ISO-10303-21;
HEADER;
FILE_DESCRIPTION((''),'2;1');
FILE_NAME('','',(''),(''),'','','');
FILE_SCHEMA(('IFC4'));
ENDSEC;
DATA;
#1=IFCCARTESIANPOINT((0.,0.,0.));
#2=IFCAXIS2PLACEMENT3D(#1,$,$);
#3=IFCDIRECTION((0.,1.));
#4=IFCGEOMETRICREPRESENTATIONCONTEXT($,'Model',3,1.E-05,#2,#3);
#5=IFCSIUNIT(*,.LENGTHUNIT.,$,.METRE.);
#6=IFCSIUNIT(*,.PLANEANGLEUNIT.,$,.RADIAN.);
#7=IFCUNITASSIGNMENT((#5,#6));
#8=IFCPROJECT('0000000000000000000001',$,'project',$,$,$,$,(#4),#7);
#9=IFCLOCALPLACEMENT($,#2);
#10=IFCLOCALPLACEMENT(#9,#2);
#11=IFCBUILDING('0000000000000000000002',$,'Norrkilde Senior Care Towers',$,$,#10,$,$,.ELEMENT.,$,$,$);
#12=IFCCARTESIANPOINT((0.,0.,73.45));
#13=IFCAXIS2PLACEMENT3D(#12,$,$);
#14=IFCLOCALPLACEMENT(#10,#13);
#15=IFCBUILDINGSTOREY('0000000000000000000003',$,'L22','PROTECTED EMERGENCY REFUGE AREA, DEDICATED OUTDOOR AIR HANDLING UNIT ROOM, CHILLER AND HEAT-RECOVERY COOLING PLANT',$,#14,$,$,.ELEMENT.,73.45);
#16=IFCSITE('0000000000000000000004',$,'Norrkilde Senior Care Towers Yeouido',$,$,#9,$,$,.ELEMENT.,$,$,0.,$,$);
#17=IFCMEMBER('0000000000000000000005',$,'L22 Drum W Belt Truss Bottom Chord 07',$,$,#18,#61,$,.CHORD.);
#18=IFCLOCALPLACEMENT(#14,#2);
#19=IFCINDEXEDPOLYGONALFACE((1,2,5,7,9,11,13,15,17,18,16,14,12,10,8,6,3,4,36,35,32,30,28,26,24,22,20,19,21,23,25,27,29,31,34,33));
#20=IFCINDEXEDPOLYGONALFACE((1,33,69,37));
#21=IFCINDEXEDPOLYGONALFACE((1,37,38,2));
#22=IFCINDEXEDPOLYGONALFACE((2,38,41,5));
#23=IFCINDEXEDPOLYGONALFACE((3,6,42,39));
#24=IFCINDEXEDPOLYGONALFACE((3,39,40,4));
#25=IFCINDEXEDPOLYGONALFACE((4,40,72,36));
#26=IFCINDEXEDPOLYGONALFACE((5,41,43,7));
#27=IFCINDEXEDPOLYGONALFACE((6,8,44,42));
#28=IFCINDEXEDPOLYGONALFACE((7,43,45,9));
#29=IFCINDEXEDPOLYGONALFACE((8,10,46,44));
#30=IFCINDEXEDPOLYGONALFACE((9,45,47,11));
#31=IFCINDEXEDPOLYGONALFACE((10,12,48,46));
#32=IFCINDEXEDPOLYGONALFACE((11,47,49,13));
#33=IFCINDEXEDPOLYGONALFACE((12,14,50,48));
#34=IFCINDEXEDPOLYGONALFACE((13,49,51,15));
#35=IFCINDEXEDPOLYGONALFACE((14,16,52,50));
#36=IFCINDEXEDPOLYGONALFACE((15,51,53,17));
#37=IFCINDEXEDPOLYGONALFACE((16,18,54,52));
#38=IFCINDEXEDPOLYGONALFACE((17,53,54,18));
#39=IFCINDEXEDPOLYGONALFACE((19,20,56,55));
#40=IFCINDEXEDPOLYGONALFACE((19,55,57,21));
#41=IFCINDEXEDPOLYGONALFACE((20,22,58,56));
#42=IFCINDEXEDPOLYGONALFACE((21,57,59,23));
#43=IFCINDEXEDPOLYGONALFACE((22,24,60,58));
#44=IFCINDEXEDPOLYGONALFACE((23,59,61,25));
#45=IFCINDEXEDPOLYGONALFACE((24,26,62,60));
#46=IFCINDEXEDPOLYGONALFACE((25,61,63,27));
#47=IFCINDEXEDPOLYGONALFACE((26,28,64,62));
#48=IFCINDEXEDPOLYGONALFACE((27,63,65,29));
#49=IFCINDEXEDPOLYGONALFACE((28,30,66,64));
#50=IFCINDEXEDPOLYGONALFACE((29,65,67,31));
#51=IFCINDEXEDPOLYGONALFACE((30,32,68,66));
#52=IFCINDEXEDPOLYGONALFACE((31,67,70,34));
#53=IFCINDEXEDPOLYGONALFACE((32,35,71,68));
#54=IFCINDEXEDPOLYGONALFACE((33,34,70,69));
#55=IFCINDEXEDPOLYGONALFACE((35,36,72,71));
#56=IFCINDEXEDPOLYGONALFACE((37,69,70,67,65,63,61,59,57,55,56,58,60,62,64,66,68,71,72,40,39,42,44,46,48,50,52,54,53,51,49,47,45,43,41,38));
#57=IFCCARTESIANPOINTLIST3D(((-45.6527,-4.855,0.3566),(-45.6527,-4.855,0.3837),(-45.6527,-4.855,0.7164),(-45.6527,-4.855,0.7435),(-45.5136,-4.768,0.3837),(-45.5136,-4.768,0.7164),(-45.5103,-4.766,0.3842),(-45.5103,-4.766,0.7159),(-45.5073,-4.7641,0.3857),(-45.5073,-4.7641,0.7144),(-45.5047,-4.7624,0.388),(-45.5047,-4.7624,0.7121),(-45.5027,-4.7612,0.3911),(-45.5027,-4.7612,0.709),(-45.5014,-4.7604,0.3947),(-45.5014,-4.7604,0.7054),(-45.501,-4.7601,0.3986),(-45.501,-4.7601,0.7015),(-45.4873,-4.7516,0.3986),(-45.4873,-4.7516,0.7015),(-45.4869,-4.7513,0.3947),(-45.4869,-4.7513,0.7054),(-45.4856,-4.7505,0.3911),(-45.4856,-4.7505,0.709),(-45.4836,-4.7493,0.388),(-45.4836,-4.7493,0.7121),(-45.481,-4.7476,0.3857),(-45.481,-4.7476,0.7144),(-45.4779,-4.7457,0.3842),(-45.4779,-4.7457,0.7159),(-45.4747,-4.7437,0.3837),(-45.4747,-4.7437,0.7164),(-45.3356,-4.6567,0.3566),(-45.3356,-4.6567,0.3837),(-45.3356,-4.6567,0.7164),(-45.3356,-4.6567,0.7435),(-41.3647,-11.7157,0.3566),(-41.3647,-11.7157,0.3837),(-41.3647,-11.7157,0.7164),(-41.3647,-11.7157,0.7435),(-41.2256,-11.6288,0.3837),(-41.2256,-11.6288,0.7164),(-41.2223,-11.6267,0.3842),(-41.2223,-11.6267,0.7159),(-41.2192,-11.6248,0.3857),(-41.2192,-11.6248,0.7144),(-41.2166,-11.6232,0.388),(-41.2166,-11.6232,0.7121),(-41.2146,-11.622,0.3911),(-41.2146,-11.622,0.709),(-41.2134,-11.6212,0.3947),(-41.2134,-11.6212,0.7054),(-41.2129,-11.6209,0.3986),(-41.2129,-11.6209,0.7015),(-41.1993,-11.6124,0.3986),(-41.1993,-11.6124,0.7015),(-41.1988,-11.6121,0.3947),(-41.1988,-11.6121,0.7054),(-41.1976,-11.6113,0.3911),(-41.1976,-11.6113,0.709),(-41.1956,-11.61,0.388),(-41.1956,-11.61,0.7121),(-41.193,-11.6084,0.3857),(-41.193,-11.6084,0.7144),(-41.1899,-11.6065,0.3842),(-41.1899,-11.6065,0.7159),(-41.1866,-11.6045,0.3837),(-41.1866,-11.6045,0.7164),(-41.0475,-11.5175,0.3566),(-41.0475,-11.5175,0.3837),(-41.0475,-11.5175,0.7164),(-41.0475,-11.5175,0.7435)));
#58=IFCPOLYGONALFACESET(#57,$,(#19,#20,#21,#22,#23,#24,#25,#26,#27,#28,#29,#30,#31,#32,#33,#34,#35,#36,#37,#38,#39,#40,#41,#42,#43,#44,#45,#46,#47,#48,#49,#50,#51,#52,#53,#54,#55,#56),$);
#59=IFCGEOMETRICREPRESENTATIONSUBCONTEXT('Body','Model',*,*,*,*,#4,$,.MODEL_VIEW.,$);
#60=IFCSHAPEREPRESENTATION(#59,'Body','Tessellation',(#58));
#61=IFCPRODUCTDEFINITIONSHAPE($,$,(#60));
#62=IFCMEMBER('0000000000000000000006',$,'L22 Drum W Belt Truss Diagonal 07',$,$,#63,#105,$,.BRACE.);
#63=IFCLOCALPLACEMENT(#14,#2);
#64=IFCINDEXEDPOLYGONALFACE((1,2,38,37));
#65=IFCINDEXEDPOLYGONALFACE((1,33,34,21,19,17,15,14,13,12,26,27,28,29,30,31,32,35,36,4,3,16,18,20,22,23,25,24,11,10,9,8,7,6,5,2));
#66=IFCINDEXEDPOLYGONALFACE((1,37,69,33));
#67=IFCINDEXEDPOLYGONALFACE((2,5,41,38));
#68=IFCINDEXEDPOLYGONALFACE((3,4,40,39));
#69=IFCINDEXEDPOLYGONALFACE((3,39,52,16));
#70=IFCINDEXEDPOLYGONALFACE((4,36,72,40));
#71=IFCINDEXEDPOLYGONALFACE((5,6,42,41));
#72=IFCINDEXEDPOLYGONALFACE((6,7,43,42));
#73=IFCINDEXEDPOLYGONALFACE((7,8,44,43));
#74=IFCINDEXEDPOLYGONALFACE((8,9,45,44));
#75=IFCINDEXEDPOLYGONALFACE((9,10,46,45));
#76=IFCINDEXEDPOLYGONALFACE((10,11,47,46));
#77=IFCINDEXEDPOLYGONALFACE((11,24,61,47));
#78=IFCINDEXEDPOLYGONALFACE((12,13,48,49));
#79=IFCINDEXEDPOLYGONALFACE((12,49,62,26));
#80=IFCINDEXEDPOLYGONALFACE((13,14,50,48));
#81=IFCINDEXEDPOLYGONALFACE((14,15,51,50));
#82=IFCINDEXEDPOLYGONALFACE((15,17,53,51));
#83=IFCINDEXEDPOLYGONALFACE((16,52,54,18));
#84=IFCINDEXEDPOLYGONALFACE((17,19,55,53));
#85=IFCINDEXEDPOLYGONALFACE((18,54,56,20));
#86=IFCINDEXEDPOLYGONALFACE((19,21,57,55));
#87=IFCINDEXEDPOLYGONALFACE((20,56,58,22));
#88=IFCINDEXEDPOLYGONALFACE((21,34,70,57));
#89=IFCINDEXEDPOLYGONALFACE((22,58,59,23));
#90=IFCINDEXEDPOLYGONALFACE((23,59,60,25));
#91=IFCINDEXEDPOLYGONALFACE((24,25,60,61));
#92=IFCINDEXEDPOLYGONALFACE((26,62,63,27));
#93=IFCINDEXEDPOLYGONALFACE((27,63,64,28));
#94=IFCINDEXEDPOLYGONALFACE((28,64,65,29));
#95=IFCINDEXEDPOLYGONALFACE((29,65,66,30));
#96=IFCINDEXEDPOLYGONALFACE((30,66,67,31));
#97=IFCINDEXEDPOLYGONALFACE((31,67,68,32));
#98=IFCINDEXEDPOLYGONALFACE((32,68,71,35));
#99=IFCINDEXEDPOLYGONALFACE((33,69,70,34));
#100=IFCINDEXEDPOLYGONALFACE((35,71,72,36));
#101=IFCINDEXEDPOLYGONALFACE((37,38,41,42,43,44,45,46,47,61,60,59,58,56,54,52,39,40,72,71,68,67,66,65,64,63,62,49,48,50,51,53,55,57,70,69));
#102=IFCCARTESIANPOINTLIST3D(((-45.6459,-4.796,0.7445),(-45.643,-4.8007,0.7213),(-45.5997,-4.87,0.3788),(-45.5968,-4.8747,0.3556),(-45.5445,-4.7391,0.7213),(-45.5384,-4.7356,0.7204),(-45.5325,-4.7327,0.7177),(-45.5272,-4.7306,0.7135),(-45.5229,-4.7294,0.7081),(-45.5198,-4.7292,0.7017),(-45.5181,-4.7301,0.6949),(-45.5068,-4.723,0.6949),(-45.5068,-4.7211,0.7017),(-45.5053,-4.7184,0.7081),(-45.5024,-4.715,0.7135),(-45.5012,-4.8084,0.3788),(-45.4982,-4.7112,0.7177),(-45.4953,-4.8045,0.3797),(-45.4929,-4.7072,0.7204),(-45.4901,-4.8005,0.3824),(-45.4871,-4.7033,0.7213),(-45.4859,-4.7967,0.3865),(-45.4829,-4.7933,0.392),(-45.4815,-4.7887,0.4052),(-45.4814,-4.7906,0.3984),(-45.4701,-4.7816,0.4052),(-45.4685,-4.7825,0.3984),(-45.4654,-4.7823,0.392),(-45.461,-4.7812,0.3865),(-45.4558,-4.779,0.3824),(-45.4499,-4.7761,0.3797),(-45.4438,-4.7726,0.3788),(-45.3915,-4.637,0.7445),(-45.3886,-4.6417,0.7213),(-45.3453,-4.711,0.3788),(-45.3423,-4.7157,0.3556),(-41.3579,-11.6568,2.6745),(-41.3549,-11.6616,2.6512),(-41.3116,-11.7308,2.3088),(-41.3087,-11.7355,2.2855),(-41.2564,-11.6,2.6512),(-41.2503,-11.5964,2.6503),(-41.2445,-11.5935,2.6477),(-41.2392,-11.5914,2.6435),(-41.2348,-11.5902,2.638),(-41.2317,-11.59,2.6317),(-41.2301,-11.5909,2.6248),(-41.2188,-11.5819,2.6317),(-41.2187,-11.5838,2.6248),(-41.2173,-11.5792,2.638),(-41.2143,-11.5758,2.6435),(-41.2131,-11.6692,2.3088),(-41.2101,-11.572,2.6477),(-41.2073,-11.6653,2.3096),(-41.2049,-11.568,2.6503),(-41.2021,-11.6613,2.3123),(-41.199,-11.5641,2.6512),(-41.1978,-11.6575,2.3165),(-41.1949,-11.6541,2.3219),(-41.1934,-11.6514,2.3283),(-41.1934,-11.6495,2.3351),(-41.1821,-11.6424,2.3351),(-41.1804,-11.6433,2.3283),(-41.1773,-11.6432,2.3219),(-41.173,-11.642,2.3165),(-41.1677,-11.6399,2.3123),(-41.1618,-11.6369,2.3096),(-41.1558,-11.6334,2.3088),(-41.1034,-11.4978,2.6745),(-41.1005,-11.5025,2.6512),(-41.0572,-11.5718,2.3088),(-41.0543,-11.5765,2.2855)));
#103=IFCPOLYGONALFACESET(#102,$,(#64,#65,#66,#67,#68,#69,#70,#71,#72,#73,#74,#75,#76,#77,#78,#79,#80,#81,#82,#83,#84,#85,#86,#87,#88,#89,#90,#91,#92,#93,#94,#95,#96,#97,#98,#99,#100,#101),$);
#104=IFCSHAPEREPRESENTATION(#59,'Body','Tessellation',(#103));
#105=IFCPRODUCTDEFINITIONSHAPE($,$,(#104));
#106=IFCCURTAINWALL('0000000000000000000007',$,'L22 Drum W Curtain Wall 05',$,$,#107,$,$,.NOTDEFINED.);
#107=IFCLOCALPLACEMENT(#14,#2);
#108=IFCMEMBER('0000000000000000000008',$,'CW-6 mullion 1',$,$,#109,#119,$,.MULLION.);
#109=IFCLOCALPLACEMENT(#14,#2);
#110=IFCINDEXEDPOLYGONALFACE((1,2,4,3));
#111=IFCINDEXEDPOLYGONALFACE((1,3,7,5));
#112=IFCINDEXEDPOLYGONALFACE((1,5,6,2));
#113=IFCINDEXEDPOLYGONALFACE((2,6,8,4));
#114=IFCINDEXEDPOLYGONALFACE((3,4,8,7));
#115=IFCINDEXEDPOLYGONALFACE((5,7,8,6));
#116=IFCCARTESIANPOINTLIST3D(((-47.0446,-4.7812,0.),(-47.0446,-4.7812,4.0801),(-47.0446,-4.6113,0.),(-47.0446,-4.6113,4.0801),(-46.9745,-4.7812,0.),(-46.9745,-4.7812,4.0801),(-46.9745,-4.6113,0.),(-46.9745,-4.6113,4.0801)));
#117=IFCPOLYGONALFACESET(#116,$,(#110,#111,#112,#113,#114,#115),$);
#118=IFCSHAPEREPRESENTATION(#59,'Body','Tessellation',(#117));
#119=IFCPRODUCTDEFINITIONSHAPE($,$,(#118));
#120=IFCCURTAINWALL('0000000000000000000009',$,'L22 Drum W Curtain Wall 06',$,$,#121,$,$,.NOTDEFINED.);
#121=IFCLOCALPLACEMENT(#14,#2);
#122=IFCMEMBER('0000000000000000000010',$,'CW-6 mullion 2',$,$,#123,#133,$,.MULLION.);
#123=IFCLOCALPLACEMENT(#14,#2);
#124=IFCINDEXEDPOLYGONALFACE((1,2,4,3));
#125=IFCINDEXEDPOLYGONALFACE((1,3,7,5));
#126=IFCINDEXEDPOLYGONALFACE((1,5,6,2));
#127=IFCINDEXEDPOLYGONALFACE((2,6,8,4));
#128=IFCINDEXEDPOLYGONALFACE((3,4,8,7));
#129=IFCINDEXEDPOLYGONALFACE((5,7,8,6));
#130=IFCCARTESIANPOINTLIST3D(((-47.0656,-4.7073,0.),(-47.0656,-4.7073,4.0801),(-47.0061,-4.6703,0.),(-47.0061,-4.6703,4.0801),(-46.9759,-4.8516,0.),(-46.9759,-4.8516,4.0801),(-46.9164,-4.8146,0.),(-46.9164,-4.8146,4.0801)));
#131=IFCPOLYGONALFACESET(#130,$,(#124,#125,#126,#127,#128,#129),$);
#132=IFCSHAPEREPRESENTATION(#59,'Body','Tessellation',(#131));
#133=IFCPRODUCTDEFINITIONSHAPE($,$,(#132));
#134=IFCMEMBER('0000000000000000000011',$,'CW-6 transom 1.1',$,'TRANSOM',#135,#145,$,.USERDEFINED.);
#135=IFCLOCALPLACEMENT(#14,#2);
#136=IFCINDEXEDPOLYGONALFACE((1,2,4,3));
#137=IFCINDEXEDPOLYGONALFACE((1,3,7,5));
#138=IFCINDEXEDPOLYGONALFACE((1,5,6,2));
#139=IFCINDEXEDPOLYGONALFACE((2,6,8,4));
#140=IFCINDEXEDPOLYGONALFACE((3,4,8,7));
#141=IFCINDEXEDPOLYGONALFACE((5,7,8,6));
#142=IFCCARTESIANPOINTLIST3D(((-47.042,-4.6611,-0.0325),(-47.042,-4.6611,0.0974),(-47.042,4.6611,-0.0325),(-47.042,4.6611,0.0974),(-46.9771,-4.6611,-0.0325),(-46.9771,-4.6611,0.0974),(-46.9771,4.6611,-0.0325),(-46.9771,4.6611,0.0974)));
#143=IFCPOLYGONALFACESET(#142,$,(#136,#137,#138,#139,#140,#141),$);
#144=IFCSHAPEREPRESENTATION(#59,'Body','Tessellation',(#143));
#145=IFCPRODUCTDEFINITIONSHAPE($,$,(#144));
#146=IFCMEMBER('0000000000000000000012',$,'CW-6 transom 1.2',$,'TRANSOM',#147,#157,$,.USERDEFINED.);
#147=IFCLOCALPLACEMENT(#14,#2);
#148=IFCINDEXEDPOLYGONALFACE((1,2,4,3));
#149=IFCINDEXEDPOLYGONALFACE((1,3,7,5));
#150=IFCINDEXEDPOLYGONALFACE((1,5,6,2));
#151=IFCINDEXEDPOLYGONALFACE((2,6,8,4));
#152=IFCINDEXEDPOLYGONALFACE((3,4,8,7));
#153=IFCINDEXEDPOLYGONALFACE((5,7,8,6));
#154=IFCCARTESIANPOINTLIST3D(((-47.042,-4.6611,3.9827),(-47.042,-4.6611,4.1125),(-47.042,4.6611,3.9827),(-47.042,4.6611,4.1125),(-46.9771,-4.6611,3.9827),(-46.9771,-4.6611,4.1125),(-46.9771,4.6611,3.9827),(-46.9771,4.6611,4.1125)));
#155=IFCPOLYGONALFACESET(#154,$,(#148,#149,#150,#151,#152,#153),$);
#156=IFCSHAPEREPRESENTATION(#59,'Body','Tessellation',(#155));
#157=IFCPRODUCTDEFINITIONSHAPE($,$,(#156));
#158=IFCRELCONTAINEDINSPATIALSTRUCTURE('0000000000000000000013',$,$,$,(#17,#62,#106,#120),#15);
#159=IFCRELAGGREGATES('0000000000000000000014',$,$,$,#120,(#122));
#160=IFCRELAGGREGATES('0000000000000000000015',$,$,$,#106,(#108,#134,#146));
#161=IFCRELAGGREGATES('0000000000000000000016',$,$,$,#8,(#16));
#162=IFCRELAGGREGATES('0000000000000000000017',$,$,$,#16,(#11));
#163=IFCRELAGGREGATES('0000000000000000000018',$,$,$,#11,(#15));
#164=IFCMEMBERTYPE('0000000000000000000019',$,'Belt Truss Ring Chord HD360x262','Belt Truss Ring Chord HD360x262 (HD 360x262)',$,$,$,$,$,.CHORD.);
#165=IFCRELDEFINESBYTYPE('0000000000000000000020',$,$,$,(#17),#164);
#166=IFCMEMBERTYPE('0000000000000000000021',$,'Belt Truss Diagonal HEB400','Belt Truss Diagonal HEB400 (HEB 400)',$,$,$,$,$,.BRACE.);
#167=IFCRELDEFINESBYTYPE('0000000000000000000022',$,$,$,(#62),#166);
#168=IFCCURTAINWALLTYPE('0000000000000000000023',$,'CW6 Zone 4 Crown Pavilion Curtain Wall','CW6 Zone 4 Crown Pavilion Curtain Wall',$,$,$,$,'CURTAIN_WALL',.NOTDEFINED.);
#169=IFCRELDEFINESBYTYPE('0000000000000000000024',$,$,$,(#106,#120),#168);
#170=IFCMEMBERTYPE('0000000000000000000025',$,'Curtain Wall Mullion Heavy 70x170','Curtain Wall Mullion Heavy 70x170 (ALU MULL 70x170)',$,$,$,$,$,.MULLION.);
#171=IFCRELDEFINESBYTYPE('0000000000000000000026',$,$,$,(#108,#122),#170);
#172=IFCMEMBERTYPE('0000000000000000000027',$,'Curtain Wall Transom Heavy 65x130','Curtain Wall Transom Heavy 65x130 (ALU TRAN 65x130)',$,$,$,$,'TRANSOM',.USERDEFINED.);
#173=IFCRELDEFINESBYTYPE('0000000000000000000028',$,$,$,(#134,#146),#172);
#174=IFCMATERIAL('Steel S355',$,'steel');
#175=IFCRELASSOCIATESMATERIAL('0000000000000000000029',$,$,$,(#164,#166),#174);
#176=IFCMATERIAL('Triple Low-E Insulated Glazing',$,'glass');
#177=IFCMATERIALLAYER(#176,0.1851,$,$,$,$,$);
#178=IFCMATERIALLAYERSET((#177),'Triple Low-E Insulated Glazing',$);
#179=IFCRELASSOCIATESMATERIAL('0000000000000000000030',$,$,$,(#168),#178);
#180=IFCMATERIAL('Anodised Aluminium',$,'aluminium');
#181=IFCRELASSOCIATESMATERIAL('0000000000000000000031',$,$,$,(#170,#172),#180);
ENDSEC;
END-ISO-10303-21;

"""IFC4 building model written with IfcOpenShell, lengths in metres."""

from ifc_helpers import new_model, si_unit, direction, frame, origin, origin_2d, place, context, subcontext, project, spatial, rectangle, i_section, extrude, source, transform, mapped, material, layer, layer_set, material_profile, profile_set, type_object, type_shapes, element, aggregate, save


model = new_model("IFC4")

# Units and contexts
model_context = context("Model", 3, precision=1e-05, world=origin(), true_north=direction((0.0, 1.0)))
body_context = subcontext(model_context, "Body", "Model", "MODEL_VIEW")
ifc_project = project(units=[si_unit("LENGTHUNIT", "METRE"), si_unit("PLANEANGLEUNIT", "RADIAN")], contexts=[model_context])

# Site, building, storey
site_placement = place(None, origin())
site = spatial("IfcSite", under=ifc_project, at=site_placement, Name="Norrkilde Senior Care Towers Yeouido", CompositionType="ELEMENT", RefElevation=0.0)
building_placement = place(site_placement, origin())
building = spatial("IfcBuilding", under=site, at=building_placement, Name="Norrkilde Senior Care Towers", CompositionType="ELEMENT")
storey_placement = place(building_placement, frame((0.0, 0.0, 73.45)))
storey = spatial("IfcBuildingStorey", under=building, at=storey_placement, Name="L22", Description="PROTECTED EMERGENCY REFUGE AREA, DEDICATED OUTDOOR AIR HANDLING UNIT ROOM, CHILLER AND HEAT-RECOVERY COOLING PLANT", CompositionType="ELEMENT", Elevation=73.45)

# Members
ifc_material_1 = material(Name="Steel S355", Category="steel")
ifc_material_profile_1 = material_profile(ifc_material_1, i_section(OverallWidth=0.374, OverallDepth=0.387, WebThickness=0.0161, FlangeThickness=0.0271, FilletRadius=0.0149, at=origin_2d()), Name="HD 360x262")
ifc_profile_set_1 = profile_set([ifc_material_profile_1], Name="Steel S355")
member_type_1 = type_object("IfcMemberType", Name="Belt Truss Ring Chord HD360x262", Description="Belt Truss Ring Chord HD360x262 (HD 360x262)", PredefinedType="CHORD", material=ifc_profile_set_1)
shared_shape_1 = source(origin(), body_context, "Body", "SweptSolid", [
    extrude(i_section(OverallWidth=0.374, OverallDepth=0.387, WebThickness=0.0161, FlangeThickness=0.0271, FilletRadius=0.0149, at=origin_2d()), origin(), (0.0, 0.0, 1.0), 8.0906),
])
type_shapes(member_type_1, [shared_shape_1])
member_1_placement = place(storey_placement, frame((-45.4941, -4.7559, 0.55), z_axis=(0.530004, -0.847995, 0.0), x_axis=(0.847995, 0.530004, 0.0)))
element("IfcMember", 1, at=member_1_placement, inside=storey, type_object=member_type_1, Name="L22 Drum W Belt Truss Bottom Chord 07", PredefinedType="CHORD", context=body_context, shape_type="MappedRepresentation", body=[
    mapped(shared_shape_1, transform((0.0, 0.0, 0.0), x_axis=(1.0, 0.0, 0.0), y_axis=(0.0, 1.0, 0.0), z_axis=(0.0, 0.0, 1.0), scale=1.0)),
])
ifc_material_profile_2 = material_profile(ifc_material_1, i_section(OverallWidth=0.3, OverallDepth=0.3999, WebThickness=0.0134, FlangeThickness=0.0239, FilletRadius=0.0271, at=origin_2d()), Name="HEB 400")
ifc_profile_set_2 = profile_set([ifc_material_profile_2], Name="Steel S355")
member_type_2 = type_object("IfcMemberType", Name="Belt Truss Diagonal HEB400", Description="Belt Truss Diagonal HEB400 (HEB 400)", PredefinedType="BRACE", material=ifc_profile_set_2)
shared_shape_2 = source(origin(), body_context, "Body", "SweptSolid", [
    extrude(i_section(OverallWidth=0.3, OverallDepth=0.3999, WebThickness=0.0134, FlangeThickness=0.0239, FilletRadius=0.0271, at=origin_2d()), origin(), (0.0, 0.0, 1.0), 8.3176),
])
type_shapes(member_type_2, [shared_shape_2])
member_2_placement = place(storey_placement, frame((-45.4941, -4.7559, 0.55), z_axis=(0.51554, -0.824852, 0.232028), x_axis=(0.847995, 0.530004, 0.0)))
element("IfcMember", 2, at=member_2_placement, inside=storey, type_object=member_type_2, Name="L22 Drum W Belt Truss Diagonal 07", PredefinedType="BRACE", context=body_context, shape_type="MappedRepresentation", body=[
    mapped(shared_shape_2, transform((0.0, 0.0, 0.0), x_axis=(1.0, 0.0, 0.0), y_axis=(0.0, 1.0, 0.0), z_axis=(0.0, 0.0, 1.0), scale=1.0)),
])

# Curtain walls, members
ifc_material_2 = material(Name="Triple Low-E Insulated Glazing", Category="glass")
ifc_layer_1 = layer(ifc_material_2, 0.1851)
ifc_layer_set_1 = layer_set([ifc_layer_1], Name="Triple Low-E Insulated Glazing")
curtain_wall_type = type_object("IfcCurtainWallType", Name="CW6 Zone 4 Crown Pavilion Curtain Wall", Description="CW6 Zone 4 Crown Pavilion Curtain Wall", ElementType="CURTAIN_WALL", PredefinedType="NOTDEFINED", material=ifc_layer_set_1)
curtain_wall_1_placement = place(storey_placement, origin())
curtain_wall_1 = element("IfcCurtainWall", 3, at=curtain_wall_1_placement, inside=storey, type_object=curtain_wall_type, Name="L22 Drum W Curtain Wall 05", PredefinedType="NOTDEFINED")
ifc_material_3 = material(Name="Anodised Aluminium", Category="aluminium")
ifc_material_profile_3 = material_profile(ifc_material_3, rectangle(XDim=0.0701, YDim=0.1699, at=origin_2d()), Name="ALU MULL 70x170")
ifc_profile_set_3 = profile_set([ifc_material_profile_3], Name="Anodised Aluminium")
member_type_3 = type_object("IfcMemberType", Name="Curtain Wall Mullion Heavy 70x170", Description="Curtain Wall Mullion Heavy 70x170 (ALU MULL 70x170)", PredefinedType="MULLION", material=ifc_profile_set_3)
shared_shape_3 = source(origin(), body_context, "Body", "SweptSolid", [
    extrude(rectangle(XDim=0.0701, YDim=0.1699, at=origin_2d()), origin(), (0.0, 0.0, 1.0), 4.0801),
])
type_shapes(member_type_3, [shared_shape_3])
member_3_placement = place(storey_placement, frame((-47.0095, -4.6963, 0.0), z_axis=(0.0, 0.0, 1.0), x_axis=(-1.0, 0.0, 0.0)))
member_3 = element("IfcMember", 4, at=member_3_placement, type_object=member_type_3, Name="CW-6 mullion 1", PredefinedType="MULLION", context=body_context, shape_type="MappedRepresentation", body=[
    mapped(shared_shape_3, transform((0.0, 0.0, 0.0), x_axis=(1.0, 0.0, 0.0), y_axis=(0.0, 1.0, 0.0), z_axis=(0.0, 0.0, 1.0), scale=1.0)),
])
curtain_wall_2_placement = place(storey_placement, origin())
curtain_wall_2 = element("IfcCurtainWall", 5, at=curtain_wall_2_placement, inside=storey, type_object=curtain_wall_type, Name="L22 Drum W Curtain Wall 06", PredefinedType="NOTDEFINED")
member_4_placement = place(storey_placement, frame((-46.991, -4.761, 0.0), z_axis=(0.0, 0.0, 1.0), x_axis=(-0.849306, -0.527901, 0.0)))
member_4 = element("IfcMember", 6, at=member_4_placement, type_object=member_type_3, Name="CW-6 mullion 2", PredefinedType="MULLION", context=body_context, shape_type="MappedRepresentation", body=[
    mapped(shared_shape_3, transform((0.0, 0.0, 0.0), x_axis=(1.0, 0.0, 0.0), y_axis=(0.0, 1.0, 0.0), z_axis=(0.0, 0.0, 1.0), scale=1.0)),
])
aggregate(curtain_wall_2, [member_4])

# Members
ifc_material_profile_4 = material_profile(ifc_material_3, rectangle(XDim=0.0649, YDim=0.1299, at=origin_2d()), Name="ALU TRAN 65x130")
ifc_profile_set_4 = profile_set([ifc_material_profile_4], Name="Anodised Aluminium")
member_type_4 = type_object("IfcMemberType", Name="Curtain Wall Transom Heavy 65x130", Description="Curtain Wall Transom Heavy 65x130 (ALU TRAN 65x130)", ElementType="TRANSOM", PredefinedType="USERDEFINED", material=ifc_profile_set_4)
shared_shape_4 = source(origin(), body_context, "Body", "SweptSolid", [
    extrude(rectangle(XDim=0.0649, YDim=0.1299, at=origin_2d()), origin(), (0.0, 0.0, 1.0), 9.3223),
])
type_shapes(member_type_4, [shared_shape_4])
member_5_placement = place(storey_placement, frame((-47.0095, -4.6611, 0.0325), z_axis=(0.0, 1.0, 0.0), x_axis=(-1.0, 0.0, 0.0)))
member_5 = element("IfcMember", 7, at=member_5_placement, type_object=member_type_4, Name="CW-6 transom 1.1", ObjectType="TRANSOM", PredefinedType="USERDEFINED", context=body_context, shape_type="MappedRepresentation", body=[
    mapped(shared_shape_4, transform((0.0, 0.0, 0.0), x_axis=(1.0, 0.0, 0.0), y_axis=(0.0, 1.0, 0.0), z_axis=(0.0, 0.0, 1.0), scale=1.0)),
])
member_6_placement = place(storey_placement, frame((-47.0095, -4.6611, 4.0476), z_axis=(0.0, 1.0, 0.0), x_axis=(-1.0, 0.0, 0.0)))
member_6 = element("IfcMember", 8, at=member_6_placement, type_object=member_type_4, Name="CW-6 transom 1.2", ObjectType="TRANSOM", PredefinedType="USERDEFINED", context=body_context, shape_type="MappedRepresentation", body=[
    mapped(shared_shape_4, transform((0.0, 0.0, 0.0), x_axis=(1.0, 0.0, 0.0), y_axis=(0.0, 1.0, 0.0), z_axis=(0.0, 0.0, 1.0), scale=1.0)),
])
aggregate(curtain_wall_1, [member_3, member_5, member_6])

save(model, "model.ifc")
